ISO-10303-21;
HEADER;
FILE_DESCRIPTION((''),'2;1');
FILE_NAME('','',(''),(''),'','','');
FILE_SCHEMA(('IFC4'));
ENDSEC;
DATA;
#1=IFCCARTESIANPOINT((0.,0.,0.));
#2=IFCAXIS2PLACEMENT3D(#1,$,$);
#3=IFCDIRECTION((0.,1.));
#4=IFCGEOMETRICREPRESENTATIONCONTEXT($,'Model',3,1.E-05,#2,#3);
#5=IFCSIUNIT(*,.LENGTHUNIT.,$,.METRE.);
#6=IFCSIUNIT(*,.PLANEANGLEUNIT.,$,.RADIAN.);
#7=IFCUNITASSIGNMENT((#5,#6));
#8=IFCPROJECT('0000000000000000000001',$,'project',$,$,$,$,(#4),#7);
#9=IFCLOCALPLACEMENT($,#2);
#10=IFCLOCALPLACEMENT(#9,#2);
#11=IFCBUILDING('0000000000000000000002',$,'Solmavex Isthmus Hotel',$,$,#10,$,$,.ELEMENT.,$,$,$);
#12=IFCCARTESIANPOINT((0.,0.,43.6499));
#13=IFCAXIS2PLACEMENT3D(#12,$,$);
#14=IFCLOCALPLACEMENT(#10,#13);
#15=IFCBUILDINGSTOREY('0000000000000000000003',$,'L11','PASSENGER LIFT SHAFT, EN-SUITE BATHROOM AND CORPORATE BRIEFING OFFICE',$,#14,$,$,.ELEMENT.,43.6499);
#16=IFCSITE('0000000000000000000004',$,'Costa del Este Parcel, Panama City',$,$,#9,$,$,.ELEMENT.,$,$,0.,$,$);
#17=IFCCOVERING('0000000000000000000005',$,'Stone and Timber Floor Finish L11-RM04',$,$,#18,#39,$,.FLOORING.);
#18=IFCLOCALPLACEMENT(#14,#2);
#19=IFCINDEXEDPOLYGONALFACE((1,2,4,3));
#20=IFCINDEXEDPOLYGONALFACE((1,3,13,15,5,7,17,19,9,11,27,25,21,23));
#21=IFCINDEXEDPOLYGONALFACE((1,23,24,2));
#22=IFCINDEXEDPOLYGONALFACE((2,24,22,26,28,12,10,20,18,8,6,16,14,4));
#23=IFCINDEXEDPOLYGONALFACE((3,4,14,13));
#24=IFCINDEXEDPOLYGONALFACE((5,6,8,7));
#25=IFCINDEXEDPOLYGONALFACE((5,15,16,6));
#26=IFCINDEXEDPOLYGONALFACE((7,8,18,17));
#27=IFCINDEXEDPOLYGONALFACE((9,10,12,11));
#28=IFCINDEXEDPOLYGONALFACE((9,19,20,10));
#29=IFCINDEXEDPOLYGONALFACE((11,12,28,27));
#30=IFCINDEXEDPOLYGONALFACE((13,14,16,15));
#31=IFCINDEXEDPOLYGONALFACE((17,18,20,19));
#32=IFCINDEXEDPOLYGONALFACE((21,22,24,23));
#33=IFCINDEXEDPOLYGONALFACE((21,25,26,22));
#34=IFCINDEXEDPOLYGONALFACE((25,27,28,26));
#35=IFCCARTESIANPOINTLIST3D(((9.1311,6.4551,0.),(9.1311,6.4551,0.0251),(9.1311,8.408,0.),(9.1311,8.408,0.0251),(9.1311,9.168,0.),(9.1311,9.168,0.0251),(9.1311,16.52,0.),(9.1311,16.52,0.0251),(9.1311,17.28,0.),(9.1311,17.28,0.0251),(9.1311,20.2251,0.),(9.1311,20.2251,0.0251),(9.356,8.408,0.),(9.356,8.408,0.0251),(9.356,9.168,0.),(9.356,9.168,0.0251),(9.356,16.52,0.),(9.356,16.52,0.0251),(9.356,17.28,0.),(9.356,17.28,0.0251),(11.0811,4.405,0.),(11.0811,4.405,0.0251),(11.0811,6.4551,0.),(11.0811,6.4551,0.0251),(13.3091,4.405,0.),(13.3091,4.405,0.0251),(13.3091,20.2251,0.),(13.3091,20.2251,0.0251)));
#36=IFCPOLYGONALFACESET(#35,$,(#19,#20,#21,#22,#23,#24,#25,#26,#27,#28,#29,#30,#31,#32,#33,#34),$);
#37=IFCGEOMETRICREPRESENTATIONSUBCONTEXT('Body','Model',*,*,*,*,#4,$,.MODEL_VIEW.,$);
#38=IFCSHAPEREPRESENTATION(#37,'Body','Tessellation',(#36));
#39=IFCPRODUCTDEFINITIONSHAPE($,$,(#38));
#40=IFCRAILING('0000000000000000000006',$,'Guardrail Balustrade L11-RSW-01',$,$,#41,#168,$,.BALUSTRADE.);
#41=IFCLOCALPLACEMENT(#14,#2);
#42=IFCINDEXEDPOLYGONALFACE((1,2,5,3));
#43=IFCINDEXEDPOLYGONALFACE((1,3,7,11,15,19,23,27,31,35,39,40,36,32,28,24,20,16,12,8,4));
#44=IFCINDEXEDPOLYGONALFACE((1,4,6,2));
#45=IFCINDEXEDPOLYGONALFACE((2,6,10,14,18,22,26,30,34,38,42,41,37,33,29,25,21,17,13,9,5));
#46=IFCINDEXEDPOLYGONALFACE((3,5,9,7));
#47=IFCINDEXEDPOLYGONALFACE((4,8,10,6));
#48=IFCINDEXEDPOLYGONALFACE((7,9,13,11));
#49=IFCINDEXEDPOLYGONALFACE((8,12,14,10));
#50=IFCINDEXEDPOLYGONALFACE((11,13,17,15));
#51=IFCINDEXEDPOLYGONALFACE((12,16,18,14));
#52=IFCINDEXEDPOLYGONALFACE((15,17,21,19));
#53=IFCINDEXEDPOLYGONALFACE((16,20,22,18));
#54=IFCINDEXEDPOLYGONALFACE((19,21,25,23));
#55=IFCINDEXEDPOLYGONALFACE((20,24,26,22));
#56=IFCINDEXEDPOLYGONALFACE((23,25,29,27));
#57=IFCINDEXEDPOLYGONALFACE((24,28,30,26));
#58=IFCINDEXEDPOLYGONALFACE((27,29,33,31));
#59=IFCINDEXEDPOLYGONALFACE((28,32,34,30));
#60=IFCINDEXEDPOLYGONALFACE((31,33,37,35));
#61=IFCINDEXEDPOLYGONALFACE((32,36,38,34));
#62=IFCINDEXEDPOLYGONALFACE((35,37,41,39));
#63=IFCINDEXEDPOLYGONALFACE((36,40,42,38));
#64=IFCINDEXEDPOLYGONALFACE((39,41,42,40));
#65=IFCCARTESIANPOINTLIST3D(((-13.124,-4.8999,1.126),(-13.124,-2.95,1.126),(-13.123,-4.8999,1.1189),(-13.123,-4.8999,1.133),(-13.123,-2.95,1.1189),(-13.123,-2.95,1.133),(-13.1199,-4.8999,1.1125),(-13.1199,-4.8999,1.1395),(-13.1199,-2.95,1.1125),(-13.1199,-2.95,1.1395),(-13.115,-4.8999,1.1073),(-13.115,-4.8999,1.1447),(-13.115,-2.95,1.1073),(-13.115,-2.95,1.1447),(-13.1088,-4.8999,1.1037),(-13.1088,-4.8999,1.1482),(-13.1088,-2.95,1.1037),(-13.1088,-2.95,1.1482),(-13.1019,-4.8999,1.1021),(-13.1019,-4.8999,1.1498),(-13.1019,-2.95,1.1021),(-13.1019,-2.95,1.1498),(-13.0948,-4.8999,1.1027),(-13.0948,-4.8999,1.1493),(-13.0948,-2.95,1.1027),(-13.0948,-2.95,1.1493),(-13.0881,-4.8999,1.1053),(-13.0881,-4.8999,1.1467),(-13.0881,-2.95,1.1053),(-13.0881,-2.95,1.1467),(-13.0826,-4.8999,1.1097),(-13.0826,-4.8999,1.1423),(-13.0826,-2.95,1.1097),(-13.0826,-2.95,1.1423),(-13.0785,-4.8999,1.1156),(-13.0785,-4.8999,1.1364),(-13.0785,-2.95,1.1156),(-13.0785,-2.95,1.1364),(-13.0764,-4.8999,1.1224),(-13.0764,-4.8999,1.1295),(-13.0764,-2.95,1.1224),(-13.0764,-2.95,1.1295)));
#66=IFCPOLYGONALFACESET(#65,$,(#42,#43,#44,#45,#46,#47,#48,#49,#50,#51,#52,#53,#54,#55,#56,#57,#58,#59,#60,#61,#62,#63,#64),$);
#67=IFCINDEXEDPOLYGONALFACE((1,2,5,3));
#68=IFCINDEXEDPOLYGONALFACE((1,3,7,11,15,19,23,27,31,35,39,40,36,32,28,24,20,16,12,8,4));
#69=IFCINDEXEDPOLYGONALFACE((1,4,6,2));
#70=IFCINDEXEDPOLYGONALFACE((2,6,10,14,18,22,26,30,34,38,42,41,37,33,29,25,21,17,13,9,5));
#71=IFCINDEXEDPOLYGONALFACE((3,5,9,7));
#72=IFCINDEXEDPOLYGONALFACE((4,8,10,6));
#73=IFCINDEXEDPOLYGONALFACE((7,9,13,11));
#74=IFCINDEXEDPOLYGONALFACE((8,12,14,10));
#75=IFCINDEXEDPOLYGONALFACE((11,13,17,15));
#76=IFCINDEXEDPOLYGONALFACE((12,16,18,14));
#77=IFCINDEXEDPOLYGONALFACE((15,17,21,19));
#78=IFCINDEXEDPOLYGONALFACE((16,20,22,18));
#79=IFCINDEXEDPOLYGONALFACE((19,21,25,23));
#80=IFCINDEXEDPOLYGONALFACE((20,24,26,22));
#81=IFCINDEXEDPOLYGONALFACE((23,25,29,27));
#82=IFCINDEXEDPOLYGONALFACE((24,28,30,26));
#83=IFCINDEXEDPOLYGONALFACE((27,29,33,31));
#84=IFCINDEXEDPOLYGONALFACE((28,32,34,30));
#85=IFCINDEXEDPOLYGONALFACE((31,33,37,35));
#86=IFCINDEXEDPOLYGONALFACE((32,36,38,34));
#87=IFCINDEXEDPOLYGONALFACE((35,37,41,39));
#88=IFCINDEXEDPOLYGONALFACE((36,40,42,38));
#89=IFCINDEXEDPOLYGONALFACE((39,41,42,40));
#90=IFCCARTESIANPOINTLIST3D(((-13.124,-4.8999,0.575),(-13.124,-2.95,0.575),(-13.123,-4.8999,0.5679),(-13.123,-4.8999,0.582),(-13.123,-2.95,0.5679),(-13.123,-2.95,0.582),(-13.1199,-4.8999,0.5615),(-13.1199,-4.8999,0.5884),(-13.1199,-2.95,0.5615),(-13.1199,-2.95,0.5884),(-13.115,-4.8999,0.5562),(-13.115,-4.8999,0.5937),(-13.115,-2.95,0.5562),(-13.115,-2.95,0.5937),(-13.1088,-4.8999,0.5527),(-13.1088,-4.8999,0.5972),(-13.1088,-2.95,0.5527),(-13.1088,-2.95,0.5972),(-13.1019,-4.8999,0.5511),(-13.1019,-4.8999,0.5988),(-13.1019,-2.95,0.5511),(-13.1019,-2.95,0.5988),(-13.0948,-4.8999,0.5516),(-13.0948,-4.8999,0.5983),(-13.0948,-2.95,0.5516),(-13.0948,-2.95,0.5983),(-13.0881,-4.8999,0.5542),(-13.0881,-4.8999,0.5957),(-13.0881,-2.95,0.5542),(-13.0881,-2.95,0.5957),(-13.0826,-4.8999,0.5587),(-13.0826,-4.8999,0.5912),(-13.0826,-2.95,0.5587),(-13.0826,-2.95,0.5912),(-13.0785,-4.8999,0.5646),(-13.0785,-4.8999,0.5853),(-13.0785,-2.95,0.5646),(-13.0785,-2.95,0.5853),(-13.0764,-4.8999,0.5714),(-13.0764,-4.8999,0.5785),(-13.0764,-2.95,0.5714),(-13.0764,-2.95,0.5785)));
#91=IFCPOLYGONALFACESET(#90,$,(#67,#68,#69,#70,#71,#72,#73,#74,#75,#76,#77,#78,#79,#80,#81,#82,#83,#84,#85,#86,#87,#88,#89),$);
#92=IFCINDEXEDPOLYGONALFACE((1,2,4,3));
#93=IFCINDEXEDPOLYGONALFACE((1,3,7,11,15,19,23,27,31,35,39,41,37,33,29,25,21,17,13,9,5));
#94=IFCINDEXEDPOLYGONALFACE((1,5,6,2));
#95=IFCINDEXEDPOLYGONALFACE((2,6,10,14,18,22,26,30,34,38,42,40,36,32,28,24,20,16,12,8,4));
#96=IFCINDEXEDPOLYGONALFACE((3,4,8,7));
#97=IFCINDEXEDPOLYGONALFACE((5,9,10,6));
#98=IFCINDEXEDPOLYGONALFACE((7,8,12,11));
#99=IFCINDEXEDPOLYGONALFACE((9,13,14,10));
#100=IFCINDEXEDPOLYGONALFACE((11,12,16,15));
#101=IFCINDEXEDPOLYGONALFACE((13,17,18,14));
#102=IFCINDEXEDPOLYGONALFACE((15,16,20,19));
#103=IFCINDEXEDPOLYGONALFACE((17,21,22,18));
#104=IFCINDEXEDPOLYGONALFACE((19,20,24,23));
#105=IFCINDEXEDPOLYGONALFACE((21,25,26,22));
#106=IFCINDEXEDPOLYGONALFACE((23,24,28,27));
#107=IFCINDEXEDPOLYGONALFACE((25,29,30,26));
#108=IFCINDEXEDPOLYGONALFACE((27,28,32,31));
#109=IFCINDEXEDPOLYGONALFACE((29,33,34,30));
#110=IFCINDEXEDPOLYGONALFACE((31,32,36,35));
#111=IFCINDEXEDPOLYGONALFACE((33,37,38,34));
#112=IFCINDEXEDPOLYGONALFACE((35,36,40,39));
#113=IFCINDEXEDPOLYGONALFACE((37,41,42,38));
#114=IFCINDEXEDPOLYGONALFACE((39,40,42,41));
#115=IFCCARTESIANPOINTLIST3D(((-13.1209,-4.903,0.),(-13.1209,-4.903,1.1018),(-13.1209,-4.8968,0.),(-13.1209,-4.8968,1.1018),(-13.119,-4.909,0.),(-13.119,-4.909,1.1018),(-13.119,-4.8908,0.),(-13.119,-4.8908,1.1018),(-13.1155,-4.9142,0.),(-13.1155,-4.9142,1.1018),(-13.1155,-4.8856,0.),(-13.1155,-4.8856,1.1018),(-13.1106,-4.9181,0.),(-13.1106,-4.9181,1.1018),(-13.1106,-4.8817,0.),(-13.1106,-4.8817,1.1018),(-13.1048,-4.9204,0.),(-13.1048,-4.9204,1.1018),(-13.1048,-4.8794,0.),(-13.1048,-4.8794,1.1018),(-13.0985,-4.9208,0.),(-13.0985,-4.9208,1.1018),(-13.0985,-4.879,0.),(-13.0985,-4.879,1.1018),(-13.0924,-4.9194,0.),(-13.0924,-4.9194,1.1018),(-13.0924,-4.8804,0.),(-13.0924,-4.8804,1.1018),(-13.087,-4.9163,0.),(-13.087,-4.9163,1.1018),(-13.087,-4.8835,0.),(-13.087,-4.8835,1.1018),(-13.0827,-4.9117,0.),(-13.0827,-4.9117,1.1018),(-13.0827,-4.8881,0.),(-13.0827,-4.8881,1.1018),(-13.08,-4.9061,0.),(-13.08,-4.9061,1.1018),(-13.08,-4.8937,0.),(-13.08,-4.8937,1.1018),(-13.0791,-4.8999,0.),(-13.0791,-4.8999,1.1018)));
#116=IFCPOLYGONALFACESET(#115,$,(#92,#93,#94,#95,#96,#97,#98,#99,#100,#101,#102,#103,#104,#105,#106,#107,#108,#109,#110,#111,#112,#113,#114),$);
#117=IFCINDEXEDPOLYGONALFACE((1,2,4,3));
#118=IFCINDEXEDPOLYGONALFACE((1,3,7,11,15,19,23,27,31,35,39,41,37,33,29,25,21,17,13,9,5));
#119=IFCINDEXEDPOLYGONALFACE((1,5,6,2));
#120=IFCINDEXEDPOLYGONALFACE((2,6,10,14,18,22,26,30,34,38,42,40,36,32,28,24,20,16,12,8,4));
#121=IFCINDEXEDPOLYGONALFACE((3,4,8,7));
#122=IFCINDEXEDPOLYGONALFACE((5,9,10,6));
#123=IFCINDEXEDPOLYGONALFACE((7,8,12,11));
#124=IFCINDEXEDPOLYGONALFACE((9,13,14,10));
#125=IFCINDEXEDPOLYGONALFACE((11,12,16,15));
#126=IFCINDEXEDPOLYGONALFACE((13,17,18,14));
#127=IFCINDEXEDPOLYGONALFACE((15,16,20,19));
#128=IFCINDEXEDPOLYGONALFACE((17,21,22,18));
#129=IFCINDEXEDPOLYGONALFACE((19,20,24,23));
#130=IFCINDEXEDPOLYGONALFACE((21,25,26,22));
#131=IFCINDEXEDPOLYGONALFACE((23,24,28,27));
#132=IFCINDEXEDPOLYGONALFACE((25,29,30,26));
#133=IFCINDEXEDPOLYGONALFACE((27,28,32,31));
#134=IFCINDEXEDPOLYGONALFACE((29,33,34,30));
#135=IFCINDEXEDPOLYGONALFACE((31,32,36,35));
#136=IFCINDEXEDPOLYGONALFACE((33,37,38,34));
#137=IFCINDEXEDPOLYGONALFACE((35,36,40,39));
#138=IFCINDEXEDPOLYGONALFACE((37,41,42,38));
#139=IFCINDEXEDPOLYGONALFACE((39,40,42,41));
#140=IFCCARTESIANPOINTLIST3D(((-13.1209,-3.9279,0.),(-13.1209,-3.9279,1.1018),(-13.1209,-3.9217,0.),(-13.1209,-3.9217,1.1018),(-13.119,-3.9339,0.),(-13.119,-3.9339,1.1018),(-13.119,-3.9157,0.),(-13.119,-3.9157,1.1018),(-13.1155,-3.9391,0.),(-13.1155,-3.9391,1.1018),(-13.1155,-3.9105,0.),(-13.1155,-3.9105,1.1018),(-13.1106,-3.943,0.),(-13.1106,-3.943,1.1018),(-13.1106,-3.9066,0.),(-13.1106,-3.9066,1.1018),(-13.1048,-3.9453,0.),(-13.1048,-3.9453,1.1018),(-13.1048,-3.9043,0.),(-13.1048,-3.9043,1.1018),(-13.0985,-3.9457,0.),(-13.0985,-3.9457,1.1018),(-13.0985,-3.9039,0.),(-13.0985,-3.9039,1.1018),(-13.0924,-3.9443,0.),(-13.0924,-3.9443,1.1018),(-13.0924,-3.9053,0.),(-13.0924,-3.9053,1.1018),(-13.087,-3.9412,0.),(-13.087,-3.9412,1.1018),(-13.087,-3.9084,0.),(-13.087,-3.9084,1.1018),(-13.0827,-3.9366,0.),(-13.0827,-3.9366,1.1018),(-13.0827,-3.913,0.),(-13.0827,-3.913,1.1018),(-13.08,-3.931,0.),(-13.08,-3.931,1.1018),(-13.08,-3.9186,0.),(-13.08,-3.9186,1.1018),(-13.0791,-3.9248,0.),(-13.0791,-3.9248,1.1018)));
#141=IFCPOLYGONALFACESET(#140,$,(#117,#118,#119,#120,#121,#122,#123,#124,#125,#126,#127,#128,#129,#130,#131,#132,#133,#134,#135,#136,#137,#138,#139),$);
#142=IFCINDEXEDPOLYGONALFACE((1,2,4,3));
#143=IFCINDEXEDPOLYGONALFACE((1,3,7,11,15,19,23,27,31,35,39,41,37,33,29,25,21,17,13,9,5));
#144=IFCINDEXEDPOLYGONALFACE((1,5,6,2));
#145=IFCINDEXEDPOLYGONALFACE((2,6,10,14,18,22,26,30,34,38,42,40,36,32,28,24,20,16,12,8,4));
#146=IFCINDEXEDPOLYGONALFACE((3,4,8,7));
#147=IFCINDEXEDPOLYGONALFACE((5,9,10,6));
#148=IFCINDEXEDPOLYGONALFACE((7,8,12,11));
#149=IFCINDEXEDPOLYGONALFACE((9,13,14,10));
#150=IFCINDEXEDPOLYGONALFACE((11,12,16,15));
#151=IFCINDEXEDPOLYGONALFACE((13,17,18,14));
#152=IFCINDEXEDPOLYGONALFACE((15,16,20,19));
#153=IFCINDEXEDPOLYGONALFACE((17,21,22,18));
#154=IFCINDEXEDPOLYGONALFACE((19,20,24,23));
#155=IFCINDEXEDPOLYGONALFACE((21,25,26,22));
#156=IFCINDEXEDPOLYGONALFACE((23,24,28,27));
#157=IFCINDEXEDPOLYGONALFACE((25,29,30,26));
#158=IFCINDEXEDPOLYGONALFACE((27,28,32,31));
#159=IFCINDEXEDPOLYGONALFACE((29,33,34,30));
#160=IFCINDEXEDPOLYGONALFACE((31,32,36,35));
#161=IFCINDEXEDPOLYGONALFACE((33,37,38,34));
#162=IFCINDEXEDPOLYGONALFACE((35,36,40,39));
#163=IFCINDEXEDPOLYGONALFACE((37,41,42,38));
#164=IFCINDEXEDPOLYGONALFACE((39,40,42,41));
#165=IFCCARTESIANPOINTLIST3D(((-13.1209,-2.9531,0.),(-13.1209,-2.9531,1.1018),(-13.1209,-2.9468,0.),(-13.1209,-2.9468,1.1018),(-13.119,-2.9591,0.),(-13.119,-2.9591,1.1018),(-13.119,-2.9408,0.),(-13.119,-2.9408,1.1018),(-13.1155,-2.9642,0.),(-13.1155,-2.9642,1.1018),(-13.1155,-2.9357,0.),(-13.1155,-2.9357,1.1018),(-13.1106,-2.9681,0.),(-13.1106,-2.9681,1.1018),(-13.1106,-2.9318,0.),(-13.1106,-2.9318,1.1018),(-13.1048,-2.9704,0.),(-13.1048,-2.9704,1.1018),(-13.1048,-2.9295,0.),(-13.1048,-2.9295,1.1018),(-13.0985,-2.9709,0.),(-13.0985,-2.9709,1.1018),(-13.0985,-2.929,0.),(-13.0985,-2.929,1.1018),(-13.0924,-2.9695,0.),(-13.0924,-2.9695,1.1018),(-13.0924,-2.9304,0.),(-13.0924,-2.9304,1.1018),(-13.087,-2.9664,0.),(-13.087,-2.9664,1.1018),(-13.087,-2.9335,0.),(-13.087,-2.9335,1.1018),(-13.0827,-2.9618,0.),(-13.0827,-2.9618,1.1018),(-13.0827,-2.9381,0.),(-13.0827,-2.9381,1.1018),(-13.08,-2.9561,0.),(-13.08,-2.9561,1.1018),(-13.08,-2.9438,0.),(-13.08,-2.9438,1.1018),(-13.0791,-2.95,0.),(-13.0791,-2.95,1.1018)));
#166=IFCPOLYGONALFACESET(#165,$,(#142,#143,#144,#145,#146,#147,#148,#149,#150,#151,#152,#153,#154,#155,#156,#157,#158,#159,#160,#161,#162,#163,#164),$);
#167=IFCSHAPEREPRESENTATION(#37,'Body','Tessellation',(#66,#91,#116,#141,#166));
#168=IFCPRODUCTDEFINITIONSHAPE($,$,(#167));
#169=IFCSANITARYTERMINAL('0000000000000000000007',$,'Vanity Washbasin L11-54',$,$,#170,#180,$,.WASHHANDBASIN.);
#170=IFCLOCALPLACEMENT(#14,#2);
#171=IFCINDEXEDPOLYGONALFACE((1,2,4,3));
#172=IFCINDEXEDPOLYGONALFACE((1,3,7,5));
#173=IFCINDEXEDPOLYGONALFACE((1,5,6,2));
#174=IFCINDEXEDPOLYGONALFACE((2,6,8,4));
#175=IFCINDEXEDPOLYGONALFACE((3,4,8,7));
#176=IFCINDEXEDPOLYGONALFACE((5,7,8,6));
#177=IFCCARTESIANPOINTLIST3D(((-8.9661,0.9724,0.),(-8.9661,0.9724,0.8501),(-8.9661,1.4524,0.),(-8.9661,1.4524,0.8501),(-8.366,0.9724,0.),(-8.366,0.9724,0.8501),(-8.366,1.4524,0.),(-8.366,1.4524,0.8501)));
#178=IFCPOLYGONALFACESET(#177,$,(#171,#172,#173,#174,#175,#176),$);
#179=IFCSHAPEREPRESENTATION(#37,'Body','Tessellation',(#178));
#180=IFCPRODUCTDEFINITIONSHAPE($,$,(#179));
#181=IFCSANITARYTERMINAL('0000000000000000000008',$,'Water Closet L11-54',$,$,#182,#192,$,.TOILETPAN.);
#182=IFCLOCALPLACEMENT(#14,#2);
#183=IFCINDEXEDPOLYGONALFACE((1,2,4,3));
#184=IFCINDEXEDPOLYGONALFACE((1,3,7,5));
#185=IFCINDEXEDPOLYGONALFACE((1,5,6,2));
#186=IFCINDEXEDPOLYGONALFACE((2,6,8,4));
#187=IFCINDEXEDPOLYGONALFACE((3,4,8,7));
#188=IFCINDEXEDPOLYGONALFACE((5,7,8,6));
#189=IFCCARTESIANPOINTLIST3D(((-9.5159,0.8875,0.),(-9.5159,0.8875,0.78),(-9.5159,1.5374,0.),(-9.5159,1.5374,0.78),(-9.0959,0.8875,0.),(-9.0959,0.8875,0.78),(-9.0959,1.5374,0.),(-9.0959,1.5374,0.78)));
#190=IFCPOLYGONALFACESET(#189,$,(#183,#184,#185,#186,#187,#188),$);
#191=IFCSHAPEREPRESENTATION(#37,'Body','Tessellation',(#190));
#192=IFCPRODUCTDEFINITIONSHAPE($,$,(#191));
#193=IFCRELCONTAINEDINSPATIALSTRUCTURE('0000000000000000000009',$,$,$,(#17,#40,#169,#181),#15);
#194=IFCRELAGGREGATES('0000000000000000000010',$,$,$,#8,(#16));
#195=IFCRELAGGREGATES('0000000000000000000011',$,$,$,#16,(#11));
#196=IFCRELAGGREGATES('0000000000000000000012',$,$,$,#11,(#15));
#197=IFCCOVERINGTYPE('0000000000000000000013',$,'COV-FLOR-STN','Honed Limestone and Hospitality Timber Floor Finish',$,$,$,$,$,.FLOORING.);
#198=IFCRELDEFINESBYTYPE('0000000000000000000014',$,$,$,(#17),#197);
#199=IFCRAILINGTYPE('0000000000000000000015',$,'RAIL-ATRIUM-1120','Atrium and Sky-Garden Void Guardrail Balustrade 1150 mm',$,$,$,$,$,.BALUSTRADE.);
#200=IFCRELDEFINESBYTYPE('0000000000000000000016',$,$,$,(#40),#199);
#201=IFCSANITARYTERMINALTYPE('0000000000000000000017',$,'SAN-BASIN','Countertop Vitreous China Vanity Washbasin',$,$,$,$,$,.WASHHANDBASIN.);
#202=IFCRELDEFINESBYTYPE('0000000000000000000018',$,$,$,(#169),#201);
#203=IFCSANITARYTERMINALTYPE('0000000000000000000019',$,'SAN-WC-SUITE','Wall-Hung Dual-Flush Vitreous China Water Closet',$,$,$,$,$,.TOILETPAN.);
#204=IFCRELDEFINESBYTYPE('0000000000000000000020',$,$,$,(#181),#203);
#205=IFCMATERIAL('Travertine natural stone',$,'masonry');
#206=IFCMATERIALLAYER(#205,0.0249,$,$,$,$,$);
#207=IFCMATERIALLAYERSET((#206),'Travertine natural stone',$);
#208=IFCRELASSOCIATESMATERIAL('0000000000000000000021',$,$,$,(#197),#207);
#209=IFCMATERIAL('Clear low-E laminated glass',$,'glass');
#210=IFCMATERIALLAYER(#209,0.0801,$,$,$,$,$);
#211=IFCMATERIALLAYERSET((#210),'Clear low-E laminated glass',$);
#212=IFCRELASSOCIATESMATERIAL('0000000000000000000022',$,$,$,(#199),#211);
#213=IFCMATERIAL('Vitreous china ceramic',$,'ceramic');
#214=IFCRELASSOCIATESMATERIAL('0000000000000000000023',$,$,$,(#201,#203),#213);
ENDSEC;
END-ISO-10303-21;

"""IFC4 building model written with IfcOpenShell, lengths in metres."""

from ifc_helpers import new_model, si_unit, direction, frame, origin, origin_2d, place, context, subcontext, project, spatial, polyline, rectangle, circle, outline, extrude, material, layer, layer_set, type_object, element, save


model = new_model("IFC4")

# Units and contexts
model_context = context("Model", 3, precision=1e-05, world=origin(), true_north=direction((0.0, 1.0)))
body_context = subcontext(model_context, "Body", "Model", "MODEL_VIEW")
ifc_project = project(units=[si_unit("LENGTHUNIT", "METRE"), si_unit("PLANEANGLEUNIT", "RADIAN")], contexts=[model_context])

# Site, building, storey
site_placement = place(None, origin())
site = spatial("IfcSite", under=ifc_project, at=site_placement, Name="Costa del Este Parcel, Panama City", CompositionType="ELEMENT", RefElevation=0.0)
building_placement = place(site_placement, origin())
building = spatial("IfcBuilding", under=site, at=building_placement, Name="Solmavex Isthmus Hotel", CompositionType="ELEMENT")
storey_placement = place(building_placement, frame((0.0, 0.0, 43.6499)))
storey = spatial("IfcBuildingStorey", under=building, at=storey_placement, Name="L11", Description="PASSENGER LIFT SHAFT, EN-SUITE BATHROOM AND CORPORATE BRIEFING OFFICE", CompositionType="ELEMENT", Elevation=43.6499)

# Covering
ifc_material_1 = material(Name="Travertine natural stone", Category="masonry")
ifc_layer_1 = layer(ifc_material_1, 0.0249)
ifc_layer_set_1 = layer_set([ifc_layer_1], Name="Travertine natural stone")
covering_type_1 = type_object("IfcCoveringType", Name="COV-FLOR-STN", Description="Honed Limestone and Hospitality Timber Floor Finish", PredefinedType="FLOORING", material=ifc_layer_set_1)
covering_1_placement = place(storey_placement, origin())
element("IfcCovering", 1, at=covering_1_placement, inside=storey, type_object=covering_type_1, Name="Stone and Timber Floor Finish L11-RM04", PredefinedType="FLOORING", context=body_context, shape_type="SweptSolid", body=[
    extrude(outline(polyline([(9.1311, 9.168), (9.356, 9.168), (9.356, 8.408), (9.1311, 8.408), (9.1311, 6.4551), (11.0811, 6.4551), (11.0811, 4.405), (13.3091, 4.405), (13.3091, 20.2251), (9.1311, 20.2251), (9.1311, 17.28), (9.356, 17.28), (9.356, 16.52), (9.1311, 16.52), (9.1311, 9.168)])), origin(), (0.0, 0.0, 1.0), 0.0251),
])

# Railing
ifc_material_2 = material(Name="Clear low-E laminated glass", Category="glass")
ifc_layer_2 = layer(ifc_material_2, 0.0801)
ifc_layer_set_2 = layer_set([ifc_layer_2], Name="Clear low-E laminated glass")
railing_type = type_object("IfcRailingType", Name="RAIL-ATRIUM-1120", Description="Atrium and Sky-Garden Void Guardrail Balustrade 1150 mm", PredefinedType="BALUSTRADE", material=ifc_layer_set_2)
railing_placement = place(storey_placement, frame((-13.1001, -4.8999, 0.0)))
element("IfcRailing", 2, at=railing_placement, inside=storey, type_object=railing_type, Name="Guardrail Balustrade L11-RSW-01", PredefinedType="BALUSTRADE", context=body_context, shape_type="SweptSolid", body=[
    extrude(circle(Radius=0.0239, at=origin_2d()), frame((0.0, 0.0, 1.126), z_axis=(0.0, 1.0, 0.0), x_axis=(-1.0, 0.0, 0.0)), (0.0, 0.0, 1.0), 1.95),
    extrude(circle(Radius=0.0239, at=origin_2d()), frame((0.0, 0.0, 0.575), z_axis=(0.0, 1.0, 0.0), x_axis=(-1.0, 0.0, 0.0)), (0.0, 0.0, 1.0), 1.95),
    extrude(circle(Radius=0.021, at=origin_2d()), origin(), (0.0, 0.0, 1.0), 1.1018),
    extrude(circle(Radius=0.021, at=origin_2d()), frame((0.0, 0.9751, 0.0)), (0.0, 0.0, 1.0), 1.1018),
    extrude(circle(Radius=0.021, at=origin_2d()), frame((0.0, 1.95, 0.0)), (0.0, 0.0, 1.0), 1.1018),
])

# Sanitary terminals
ifc_material_3 = material(Name="Vitreous china ceramic", Category="ceramic")
sanitary_terminal_type_1 = type_object("IfcSanitaryTerminalType", Name="SAN-BASIN", Description="Countertop Vitreous China Vanity Washbasin", PredefinedType="WASHHANDBASIN", material=ifc_material_3)
sanitary_terminal_1_placement = place(storey_placement, frame((-8.666, 1.2124, 0.0), z_axis=(0.0, 0.0, 1.0), x_axis=(1.0, 0.0, 0.0)))
element("IfcSanitaryTerminal", 3, at=sanitary_terminal_1_placement, inside=storey, type_object=sanitary_terminal_type_1, Name="Vanity Washbasin L11-54", PredefinedType="WASHHANDBASIN", context=body_context, shape_type="SweptSolid", body=[
    extrude(rectangle(XDim=0.6001, YDim=0.48, at=origin_2d()), origin(), (0.0, 0.0, 1.0), 0.8501),
])
sanitary_terminal_type_2 = type_object("IfcSanitaryTerminalType", Name="SAN-WC-SUITE", Description="Wall-Hung Dual-Flush Vitreous China Water Closet", PredefinedType="TOILETPAN", material=ifc_material_3)
sanitary_terminal_2_placement = place(storey_placement, frame((-9.3059, 1.2124, 0.0), z_axis=(0.0, 0.0, 1.0), x_axis=(1.0, 0.0, 0.0)))
element("IfcSanitaryTerminal", 4, at=sanitary_terminal_2_placement, inside=storey, type_object=sanitary_terminal_type_2, Name="Water Closet L11-54", PredefinedType="TOILETPAN", context=body_context, shape_type="SweptSolid", body=[
    extrude(rectangle(XDim=0.4199, YDim=0.6499, at=origin_2d()), origin(), (0.0, 0.0, 1.0), 0.78),
])

save(model, "model.ifc")
